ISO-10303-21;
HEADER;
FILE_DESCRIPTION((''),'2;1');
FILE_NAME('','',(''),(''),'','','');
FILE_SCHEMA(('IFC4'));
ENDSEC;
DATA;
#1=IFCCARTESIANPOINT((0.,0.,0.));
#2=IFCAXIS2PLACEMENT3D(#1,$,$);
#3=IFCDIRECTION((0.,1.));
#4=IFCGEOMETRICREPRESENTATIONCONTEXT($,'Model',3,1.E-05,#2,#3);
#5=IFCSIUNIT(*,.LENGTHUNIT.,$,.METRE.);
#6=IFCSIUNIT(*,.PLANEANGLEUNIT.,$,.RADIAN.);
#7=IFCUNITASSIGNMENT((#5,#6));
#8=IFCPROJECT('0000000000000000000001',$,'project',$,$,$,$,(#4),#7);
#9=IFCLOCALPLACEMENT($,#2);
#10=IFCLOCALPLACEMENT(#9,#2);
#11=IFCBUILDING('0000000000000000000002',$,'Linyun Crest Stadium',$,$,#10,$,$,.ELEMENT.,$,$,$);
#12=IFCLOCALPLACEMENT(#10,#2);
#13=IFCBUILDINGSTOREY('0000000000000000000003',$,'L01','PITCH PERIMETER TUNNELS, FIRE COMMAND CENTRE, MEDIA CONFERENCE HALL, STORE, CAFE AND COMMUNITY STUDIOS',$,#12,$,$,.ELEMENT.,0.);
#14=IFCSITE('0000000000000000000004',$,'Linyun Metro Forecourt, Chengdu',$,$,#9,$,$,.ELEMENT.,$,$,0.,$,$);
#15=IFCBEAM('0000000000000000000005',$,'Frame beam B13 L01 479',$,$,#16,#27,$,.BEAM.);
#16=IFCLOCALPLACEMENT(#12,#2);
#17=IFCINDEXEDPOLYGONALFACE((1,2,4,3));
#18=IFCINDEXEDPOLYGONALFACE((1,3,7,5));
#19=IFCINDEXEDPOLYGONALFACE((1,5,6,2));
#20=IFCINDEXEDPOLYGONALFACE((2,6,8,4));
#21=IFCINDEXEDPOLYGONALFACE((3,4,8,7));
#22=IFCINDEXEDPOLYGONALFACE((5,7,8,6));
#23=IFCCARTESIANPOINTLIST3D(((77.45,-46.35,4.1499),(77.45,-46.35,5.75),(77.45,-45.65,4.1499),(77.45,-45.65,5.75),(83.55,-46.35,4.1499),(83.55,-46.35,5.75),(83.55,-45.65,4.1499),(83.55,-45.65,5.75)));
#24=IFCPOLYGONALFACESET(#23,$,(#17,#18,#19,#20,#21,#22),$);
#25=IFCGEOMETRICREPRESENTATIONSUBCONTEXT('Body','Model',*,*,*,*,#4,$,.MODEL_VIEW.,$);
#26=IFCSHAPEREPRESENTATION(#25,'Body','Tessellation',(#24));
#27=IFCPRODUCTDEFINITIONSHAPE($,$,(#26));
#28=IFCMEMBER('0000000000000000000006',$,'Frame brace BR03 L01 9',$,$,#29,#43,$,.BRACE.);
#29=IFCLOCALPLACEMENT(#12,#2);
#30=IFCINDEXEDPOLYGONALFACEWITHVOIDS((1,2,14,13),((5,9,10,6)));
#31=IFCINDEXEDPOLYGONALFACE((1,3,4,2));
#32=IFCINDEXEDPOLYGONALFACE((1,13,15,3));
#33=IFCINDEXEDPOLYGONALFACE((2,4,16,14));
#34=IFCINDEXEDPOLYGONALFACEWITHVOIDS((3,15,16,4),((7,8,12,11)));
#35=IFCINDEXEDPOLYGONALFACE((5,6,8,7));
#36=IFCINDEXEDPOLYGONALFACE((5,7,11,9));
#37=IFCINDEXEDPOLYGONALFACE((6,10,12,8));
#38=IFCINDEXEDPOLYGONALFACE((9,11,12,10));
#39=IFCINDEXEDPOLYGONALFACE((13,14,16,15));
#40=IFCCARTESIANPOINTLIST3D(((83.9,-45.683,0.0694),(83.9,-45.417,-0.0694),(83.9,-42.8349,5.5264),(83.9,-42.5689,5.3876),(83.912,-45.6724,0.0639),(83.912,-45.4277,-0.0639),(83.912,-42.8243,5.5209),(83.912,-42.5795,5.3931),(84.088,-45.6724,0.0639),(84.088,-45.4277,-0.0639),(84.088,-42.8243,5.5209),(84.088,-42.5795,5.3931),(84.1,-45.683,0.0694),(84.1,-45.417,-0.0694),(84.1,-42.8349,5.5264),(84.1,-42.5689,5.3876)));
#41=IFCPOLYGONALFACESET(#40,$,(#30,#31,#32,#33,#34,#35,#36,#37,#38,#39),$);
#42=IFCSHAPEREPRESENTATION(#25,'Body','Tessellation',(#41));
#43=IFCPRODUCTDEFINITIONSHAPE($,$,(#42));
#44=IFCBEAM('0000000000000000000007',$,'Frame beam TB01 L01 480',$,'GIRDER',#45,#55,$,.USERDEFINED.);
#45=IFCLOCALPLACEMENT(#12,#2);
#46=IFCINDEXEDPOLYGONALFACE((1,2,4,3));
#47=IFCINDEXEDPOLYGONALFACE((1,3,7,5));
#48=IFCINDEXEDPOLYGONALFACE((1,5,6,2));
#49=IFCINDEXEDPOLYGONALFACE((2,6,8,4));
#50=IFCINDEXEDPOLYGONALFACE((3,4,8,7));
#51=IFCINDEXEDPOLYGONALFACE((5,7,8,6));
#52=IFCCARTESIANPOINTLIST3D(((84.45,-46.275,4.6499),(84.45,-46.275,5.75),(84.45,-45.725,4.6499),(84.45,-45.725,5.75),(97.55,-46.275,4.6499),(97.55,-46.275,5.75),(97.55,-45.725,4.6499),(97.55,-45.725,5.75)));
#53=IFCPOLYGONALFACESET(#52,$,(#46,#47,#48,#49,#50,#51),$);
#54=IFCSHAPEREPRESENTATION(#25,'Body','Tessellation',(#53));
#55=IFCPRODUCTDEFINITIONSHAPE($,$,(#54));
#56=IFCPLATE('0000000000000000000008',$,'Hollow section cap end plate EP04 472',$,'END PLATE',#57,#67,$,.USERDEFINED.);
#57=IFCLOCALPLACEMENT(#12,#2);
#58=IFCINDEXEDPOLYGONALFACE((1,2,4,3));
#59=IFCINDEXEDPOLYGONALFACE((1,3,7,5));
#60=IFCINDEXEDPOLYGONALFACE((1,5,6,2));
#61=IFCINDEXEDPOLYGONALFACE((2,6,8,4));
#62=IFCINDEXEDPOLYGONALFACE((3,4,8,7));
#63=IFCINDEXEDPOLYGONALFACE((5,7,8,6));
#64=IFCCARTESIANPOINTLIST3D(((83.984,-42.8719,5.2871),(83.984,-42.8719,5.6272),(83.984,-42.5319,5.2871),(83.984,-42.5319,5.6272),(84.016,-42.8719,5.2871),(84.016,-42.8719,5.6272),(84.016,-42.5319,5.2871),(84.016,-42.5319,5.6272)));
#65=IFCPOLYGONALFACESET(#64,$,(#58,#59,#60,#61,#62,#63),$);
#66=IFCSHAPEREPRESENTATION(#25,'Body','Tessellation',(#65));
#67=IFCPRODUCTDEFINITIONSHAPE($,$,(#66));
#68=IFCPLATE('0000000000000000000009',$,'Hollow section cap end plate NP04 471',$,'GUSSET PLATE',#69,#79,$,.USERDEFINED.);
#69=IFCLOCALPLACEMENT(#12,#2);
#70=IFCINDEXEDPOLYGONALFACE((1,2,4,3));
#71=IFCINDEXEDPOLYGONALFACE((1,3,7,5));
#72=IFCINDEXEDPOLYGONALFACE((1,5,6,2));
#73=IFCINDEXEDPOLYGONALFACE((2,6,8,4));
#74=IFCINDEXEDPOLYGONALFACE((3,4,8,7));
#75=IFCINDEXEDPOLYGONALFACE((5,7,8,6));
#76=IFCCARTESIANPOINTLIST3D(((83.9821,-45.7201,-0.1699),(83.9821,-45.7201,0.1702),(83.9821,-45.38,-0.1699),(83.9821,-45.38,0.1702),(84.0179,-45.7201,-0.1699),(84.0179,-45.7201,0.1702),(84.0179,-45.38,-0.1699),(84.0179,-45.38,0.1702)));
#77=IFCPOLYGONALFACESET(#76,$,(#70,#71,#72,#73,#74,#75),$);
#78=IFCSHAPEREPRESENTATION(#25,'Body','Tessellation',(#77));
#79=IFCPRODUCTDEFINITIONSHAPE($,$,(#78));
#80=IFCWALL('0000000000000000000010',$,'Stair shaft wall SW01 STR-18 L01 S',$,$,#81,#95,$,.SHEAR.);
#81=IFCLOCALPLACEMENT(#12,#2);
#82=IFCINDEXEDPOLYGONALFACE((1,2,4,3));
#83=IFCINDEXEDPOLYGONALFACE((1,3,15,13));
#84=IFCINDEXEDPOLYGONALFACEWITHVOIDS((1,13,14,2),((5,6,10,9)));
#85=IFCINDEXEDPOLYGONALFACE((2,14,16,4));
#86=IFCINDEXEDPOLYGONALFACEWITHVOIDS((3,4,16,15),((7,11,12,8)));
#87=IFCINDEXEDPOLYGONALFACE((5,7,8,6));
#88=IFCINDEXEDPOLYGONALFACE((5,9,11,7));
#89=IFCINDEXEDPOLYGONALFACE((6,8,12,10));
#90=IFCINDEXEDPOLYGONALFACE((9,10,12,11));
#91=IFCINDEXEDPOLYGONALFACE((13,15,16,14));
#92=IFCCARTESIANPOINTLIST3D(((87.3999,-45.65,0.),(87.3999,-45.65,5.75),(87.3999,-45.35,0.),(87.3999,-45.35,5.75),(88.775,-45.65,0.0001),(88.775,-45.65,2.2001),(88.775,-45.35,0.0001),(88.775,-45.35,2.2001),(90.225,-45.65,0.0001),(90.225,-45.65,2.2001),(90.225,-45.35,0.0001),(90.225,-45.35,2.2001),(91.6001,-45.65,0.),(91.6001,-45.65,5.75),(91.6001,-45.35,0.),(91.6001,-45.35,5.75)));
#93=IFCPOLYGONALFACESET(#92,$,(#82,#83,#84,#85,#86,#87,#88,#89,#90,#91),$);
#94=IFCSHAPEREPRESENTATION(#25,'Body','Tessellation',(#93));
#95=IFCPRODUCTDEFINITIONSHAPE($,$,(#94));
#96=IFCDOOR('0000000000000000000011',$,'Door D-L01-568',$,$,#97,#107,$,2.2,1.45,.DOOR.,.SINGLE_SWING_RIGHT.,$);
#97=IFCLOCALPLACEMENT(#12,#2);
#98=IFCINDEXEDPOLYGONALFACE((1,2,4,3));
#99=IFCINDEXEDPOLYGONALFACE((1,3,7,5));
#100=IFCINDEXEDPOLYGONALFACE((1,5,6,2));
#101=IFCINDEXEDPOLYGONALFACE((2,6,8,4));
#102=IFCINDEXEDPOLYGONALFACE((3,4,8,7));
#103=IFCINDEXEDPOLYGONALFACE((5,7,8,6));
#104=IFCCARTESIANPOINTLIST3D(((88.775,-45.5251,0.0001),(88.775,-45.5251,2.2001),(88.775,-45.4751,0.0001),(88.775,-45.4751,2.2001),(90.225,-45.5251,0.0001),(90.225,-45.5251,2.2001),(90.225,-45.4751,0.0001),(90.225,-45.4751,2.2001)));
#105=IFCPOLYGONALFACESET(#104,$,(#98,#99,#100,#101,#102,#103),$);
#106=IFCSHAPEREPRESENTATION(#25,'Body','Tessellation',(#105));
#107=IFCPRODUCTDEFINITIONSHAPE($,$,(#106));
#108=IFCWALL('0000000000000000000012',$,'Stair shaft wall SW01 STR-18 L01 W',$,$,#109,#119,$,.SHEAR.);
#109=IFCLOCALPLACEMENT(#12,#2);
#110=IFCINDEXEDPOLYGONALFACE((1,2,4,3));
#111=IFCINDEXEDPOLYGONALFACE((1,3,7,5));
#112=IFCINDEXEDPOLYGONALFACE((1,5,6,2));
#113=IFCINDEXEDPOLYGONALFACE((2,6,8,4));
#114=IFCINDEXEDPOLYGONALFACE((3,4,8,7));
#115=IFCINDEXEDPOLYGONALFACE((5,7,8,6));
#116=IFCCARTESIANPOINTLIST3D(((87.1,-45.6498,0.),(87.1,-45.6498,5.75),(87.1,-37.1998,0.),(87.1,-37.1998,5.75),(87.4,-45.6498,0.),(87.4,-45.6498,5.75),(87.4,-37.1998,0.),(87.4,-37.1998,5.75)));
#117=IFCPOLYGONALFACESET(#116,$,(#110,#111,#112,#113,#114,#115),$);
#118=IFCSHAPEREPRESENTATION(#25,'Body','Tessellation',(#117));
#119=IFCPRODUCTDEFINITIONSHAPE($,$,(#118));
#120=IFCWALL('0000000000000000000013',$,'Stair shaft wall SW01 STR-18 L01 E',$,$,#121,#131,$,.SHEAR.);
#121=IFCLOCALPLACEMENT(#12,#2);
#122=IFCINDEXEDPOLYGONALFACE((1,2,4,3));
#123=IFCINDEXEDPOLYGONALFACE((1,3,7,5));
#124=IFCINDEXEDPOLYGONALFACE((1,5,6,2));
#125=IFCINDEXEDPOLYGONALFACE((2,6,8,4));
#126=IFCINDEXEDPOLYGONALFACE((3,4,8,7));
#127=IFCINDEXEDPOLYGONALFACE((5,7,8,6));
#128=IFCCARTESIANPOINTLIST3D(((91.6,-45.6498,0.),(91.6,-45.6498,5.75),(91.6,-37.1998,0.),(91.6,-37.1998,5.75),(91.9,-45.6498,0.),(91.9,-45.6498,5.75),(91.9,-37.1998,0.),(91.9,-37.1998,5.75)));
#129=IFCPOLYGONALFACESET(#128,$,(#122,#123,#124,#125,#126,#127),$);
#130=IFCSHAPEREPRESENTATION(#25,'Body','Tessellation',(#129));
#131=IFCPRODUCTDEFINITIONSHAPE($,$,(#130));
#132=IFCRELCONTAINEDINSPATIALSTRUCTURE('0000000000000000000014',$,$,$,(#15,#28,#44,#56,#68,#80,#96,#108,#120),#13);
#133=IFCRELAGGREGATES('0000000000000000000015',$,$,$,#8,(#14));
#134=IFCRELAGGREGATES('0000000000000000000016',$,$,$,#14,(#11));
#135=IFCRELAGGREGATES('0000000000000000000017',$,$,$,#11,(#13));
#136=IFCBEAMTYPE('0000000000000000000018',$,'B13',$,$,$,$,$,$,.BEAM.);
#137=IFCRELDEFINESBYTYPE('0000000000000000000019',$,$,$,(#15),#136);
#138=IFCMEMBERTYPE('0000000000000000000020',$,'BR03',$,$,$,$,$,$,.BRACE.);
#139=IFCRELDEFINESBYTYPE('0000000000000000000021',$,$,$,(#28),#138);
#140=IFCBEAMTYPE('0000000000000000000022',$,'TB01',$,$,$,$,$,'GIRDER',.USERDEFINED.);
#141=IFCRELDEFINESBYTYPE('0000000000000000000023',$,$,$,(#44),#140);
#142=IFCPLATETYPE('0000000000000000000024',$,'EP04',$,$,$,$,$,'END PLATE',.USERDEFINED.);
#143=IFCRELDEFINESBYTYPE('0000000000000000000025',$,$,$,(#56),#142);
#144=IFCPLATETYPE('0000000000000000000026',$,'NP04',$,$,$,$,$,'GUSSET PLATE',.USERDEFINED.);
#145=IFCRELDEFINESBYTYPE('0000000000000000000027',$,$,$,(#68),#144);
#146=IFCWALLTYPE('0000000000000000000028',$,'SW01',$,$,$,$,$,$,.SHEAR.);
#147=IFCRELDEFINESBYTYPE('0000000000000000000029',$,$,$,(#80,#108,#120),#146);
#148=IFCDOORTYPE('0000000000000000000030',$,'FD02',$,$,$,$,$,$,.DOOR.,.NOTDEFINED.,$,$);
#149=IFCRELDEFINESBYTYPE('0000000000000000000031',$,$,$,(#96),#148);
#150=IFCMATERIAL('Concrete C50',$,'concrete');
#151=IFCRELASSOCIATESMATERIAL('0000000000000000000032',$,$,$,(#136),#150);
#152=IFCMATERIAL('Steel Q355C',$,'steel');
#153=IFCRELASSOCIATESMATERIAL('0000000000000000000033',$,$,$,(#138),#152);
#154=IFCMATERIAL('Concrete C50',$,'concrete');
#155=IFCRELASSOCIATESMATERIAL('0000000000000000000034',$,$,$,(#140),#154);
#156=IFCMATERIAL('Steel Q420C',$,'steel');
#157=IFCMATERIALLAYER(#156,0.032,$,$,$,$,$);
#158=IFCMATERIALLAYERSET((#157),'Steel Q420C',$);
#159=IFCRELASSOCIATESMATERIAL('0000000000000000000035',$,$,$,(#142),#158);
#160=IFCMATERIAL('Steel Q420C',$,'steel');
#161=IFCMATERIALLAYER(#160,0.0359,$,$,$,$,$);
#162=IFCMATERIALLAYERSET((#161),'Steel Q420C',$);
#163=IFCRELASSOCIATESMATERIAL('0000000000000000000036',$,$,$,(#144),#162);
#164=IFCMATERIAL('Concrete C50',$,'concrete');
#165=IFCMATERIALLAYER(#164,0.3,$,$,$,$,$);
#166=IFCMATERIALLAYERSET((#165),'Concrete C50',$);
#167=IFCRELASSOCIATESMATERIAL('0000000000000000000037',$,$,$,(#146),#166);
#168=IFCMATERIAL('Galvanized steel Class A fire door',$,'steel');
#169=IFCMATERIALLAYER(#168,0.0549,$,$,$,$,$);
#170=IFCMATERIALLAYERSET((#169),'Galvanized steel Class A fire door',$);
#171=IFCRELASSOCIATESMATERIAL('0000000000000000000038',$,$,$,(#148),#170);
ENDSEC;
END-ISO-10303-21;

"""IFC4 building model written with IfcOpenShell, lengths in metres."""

from ifc_helpers import new_model, si_unit, direction, frame, frame_2d, origin, origin_2d, place, context, subcontext, project, spatial, rectangle, hollow_rectangle, extrude, material, layer, layer_set, material_profile, profile_set, type_object, element, fill, save


model = new_model("IFC4")

# Units and contexts
model_context = context("Model", 3, precision=1e-05, world=origin(), true_north=direction((0.0, 1.0)))
body_context = subcontext(model_context, "Body", "Model", "MODEL_VIEW")
ifc_project = project(units=[si_unit("LENGTHUNIT", "METRE"), si_unit("PLANEANGLEUNIT", "RADIAN")], contexts=[model_context])

# Site, building, storey
site_placement = place(None, origin())
site = spatial("IfcSite", under=ifc_project, at=site_placement, Name="Linyun Metro Forecourt, Chengdu", CompositionType="ELEMENT", RefElevation=0.0)
building_placement = place(site_placement, origin())
building = spatial("IfcBuilding", under=site, at=building_placement, Name="Linyun Crest Stadium", CompositionType="ELEMENT")
storey_placement = place(building_placement, origin())
storey = spatial("IfcBuildingStorey", under=building, at=storey_placement, Name="L01", Description="PITCH PERIMETER TUNNELS, FIRE COMMAND CENTRE, MEDIA CONFERENCE HALL, STORE, CAFE AND COMMUNITY STUDIOS", CompositionType="ELEMENT", Elevation=0.0)

# Beam
ifc_material_1 = material(Name="Concrete C50", Category="concrete")
ifc_material_profile_1 = material_profile(ifc_material_1, rectangle(XDim=0.7, YDim=1.6001, at=origin_2d()), Name="RCB 1600x700")
ifc_profile_set_1 = profile_set([ifc_material_profile_1], Name="Concrete C50")
beam_type_1 = type_object("IfcBeamType", Name="B13", PredefinedType="BEAM", material=ifc_profile_set_1)
beam_1_placement = place(storey_placement, frame((77.45, -46.0, 4.95), z_axis=(1.0, 0.0, 0.0), x_axis=(0.0, 1.0, 0.0)))
element("IfcBeam", 1, at=beam_1_placement, inside=storey, type_object=beam_type_1, Name="Frame beam B13 L01 479", PredefinedType="BEAM", context=body_context, shape_type="SweptSolid", body=[
    extrude(rectangle(XDim=0.7, YDim=1.6001, at=origin_2d()), origin(), (0.0, 0.0, 1.0), 6.1001),
])

# Member
ifc_material_2 = material(Name="Steel Q355C", Category="steel")
ifc_material_profile_2 = material_profile(ifc_material_2, hollow_rectangle(XDim=0.2, YDim=0.3, WallThickness=0.012, at=origin_2d()), Name="RHS 300x200x12")
ifc_profile_set_2 = profile_set([ifc_material_profile_2], Name="Steel Q355C")
member_type = type_object("IfcMemberType", Name="BR03", PredefinedType="BRACE", material=ifc_profile_set_2)
member_placement = place(storey_placement, frame((84.0, -45.55, 0.0), z_axis=(0.0, 0.462693, 0.886518), x_axis=(-1.0, 0.0, 0.0)))
element("IfcMember", 2, at=member_placement, inside=storey, type_object=member_type, Name="Frame brace BR03 L01 9", PredefinedType="BRACE", context=body_context, shape_type="SweptSolid", body=[
    extrude(hollow_rectangle(XDim=0.2, YDim=0.3, WallThickness=0.012, at=origin_2d()), origin(), (0.0, 0.0, 1.0), 6.1555),
])

# Beam
ifc_material_3 = material(Name="Concrete C50", Category="concrete")
ifc_material_profile_3 = material_profile(ifc_material_3, rectangle(XDim=0.55, YDim=1.1001, at=origin_2d()), Name="RCB 1100x550")
ifc_profile_set_3 = profile_set([ifc_material_profile_3], Name="Concrete C50")
beam_type_2 = type_object("IfcBeamType", Name="TB01", ElementType="GIRDER", PredefinedType="USERDEFINED", material=ifc_profile_set_3)
beam_2_placement = place(storey_placement, frame((84.45, -46.0, 5.2), z_axis=(1.0, 0.0, 0.0), x_axis=(0.0, 1.0, 0.0)))
element("IfcBeam", 3, at=beam_2_placement, inside=storey, type_object=beam_type_2, Name="Frame beam TB01 L01 480", ObjectType="GIRDER", PredefinedType="USERDEFINED", context=body_context, shape_type="SweptSolid", body=[
    extrude(rectangle(XDim=0.55, YDim=1.1001, at=origin_2d()), origin(), (0.0, 0.0, 1.0), 13.1001),
])

# Plates
ifc_material_4 = material(Name="Steel Q420C", Category="steel")
ifc_layer_1 = layer(ifc_material_4, 0.032)
ifc_layer_set_1 = layer_set([ifc_layer_1], Name="Steel Q420C")
plate_type_1 = type_object("IfcPlateType", Name="EP04", ElementType="END PLATE", PredefinedType="USERDEFINED", material=ifc_layer_set_1)
plate_1_placement = place(storey_placement, frame((84.0, -42.7019, 5.2871), z_axis=(0.0, 0.0, 1.0), x_axis=(0.0, 1.0, 0.0)))
element("IfcPlate", 4, at=plate_1_placement, inside=storey, type_object=plate_type_1, Name="Hollow section cap end plate EP04 472", ObjectType="END PLATE", PredefinedType="USERDEFINED", context=body_context, shape_type="SweptSolid", body=[
    extrude(rectangle(XDim=0.3401, YDim=0.032, at=origin_2d()), origin(), (0.0, 0.0, 1.0), 0.3401),
])
ifc_material_5 = material(Name="Steel Q420C", Category="steel")
ifc_layer_2 = layer(ifc_material_5, 0.0359)
ifc_layer_set_2 = layer_set([ifc_layer_2], Name="Steel Q420C")
plate_type_2 = type_object("IfcPlateType", Name="NP04", ElementType="GUSSET PLATE", PredefinedType="USERDEFINED", material=ifc_layer_set_2)
plate_2_placement = place(storey_placement, frame((84.0, -45.55, -0.1699), z_axis=(0.0, 0.0, 1.0), x_axis=(0.0, 1.0, 0.0)))
element("IfcPlate", 5, at=plate_2_placement, inside=storey, type_object=plate_type_2, Name="Hollow section cap end plate NP04 471", ObjectType="GUSSET PLATE", PredefinedType="USERDEFINED", context=body_context, shape_type="SweptSolid", body=[
    extrude(rectangle(XDim=0.3401, YDim=0.0359, at=origin_2d()), origin(), (0.0, 0.0, 1.0), 0.3401),
])

# Wall, opening, door
ifc_material_6 = material(Name="Concrete C50", Category="concrete")
ifc_layer_3 = layer(ifc_material_6, 0.3)
ifc_layer_set_3 = layer_set([ifc_layer_3], Name="Concrete C50")
wall_type = type_object("IfcWallType", Name="SW01", PredefinedType="SHEAR", material=ifc_layer_set_3)
wall_placement = place(storey_placement, frame((87.3999, -45.5, 0.0), z_axis=(0.0, 0.0, 1.0), x_axis=(1.0, 0.0, 0.0)))
wall = element("IfcWall", 6, at=wall_placement, inside=storey, type_object=wall_type, Name="Stair shaft wall SW01 STR-18 L01 S", PredefinedType="SHEAR", context=body_context, shape_type="SweptSolid", body=[
    extrude(rectangle(XDim=4.2002, YDim=0.3, at=frame_2d((2.1001, 0.0))), origin(), (0.0, 0.0, 1.0), 5.75),
])
opening_placement = place(wall_placement, frame((1.375, 0.0, 0.0)))
opening = element("IfcOpeningElement", 7, at=opening_placement, cuts=wall, PredefinedType="OPENING", context=body_context, shape_type="SweptSolid", body=[
    extrude(rectangle(XDim=1.45, YDim=2.2, at=frame_2d((0.7251, 1.1001))), frame((0.0, 0.1599, 0.0), z_axis=(0.0, -1.0, 0.0), x_axis=(1.0, 0.0, 0.0)), (0.0, 0.0, 1.0), 0.3201),
])
ifc_material_7 = material(Name="Galvanized steel Class A fire door", Category="steel")
ifc_layer_4 = layer(ifc_material_7, 0.0549)
ifc_layer_set_4 = layer_set([ifc_layer_4], Name="Galvanized steel Class A fire door")
door_type = type_object("IfcDoorType", Name="FD02", OperationType="NOTDEFINED", PredefinedType="DOOR", material=ifc_layer_set_4)
door_placement = place(opening_placement, origin())
door = element("IfcDoor", 8, at=door_placement, inside=storey, type_object=door_type, Name="Door D-L01-568", OperationType="SINGLE_SWING_RIGHT", OverallHeight=2.2, OverallWidth=1.45, PredefinedType="DOOR", context=body_context, shape_type="SweptSolid", body=[
    extrude(rectangle(XDim=1.45, YDim=2.2, at=frame_2d((0.7251, 1.1001))), frame((0.0, 0.0249, 0.0), z_axis=(0.0, -1.0, 0.0), x_axis=(1.0, 0.0, 0.0)), (0.0, 0.0, 1.0), 0.05),
])
fill(opening, door)

# Walls
for number, where, z_axis, x_axis, name in (
    (9, (87.25, -45.6499, 0.0), (0.0, 0.0, 1.0), (0.0, 1.0, 0.0), "Stair shaft wall SW01 STR-18 L01 W"),
    (10, (91.75, -45.6499, 0.0), (0.0, 0.0, 1.0), (0.0, 1.0, 0.0), "Stair shaft wall SW01 STR-18 L01 E"),
):
    element("IfcWall", number, at=place(storey_placement, frame(where, z_axis=z_axis, x_axis=x_axis)), inside=storey, type_object=wall_type, Name=name, PredefinedType="SHEAR", context=body_context, shape_type="SweptSolid", body=[
        extrude(rectangle(XDim=8.45, YDim=0.3, at=frame_2d((4.2251, 0.0))), origin(), (0.0, 0.0, 1.0), 5.75),
    ])

save(model, "model.ifc")
